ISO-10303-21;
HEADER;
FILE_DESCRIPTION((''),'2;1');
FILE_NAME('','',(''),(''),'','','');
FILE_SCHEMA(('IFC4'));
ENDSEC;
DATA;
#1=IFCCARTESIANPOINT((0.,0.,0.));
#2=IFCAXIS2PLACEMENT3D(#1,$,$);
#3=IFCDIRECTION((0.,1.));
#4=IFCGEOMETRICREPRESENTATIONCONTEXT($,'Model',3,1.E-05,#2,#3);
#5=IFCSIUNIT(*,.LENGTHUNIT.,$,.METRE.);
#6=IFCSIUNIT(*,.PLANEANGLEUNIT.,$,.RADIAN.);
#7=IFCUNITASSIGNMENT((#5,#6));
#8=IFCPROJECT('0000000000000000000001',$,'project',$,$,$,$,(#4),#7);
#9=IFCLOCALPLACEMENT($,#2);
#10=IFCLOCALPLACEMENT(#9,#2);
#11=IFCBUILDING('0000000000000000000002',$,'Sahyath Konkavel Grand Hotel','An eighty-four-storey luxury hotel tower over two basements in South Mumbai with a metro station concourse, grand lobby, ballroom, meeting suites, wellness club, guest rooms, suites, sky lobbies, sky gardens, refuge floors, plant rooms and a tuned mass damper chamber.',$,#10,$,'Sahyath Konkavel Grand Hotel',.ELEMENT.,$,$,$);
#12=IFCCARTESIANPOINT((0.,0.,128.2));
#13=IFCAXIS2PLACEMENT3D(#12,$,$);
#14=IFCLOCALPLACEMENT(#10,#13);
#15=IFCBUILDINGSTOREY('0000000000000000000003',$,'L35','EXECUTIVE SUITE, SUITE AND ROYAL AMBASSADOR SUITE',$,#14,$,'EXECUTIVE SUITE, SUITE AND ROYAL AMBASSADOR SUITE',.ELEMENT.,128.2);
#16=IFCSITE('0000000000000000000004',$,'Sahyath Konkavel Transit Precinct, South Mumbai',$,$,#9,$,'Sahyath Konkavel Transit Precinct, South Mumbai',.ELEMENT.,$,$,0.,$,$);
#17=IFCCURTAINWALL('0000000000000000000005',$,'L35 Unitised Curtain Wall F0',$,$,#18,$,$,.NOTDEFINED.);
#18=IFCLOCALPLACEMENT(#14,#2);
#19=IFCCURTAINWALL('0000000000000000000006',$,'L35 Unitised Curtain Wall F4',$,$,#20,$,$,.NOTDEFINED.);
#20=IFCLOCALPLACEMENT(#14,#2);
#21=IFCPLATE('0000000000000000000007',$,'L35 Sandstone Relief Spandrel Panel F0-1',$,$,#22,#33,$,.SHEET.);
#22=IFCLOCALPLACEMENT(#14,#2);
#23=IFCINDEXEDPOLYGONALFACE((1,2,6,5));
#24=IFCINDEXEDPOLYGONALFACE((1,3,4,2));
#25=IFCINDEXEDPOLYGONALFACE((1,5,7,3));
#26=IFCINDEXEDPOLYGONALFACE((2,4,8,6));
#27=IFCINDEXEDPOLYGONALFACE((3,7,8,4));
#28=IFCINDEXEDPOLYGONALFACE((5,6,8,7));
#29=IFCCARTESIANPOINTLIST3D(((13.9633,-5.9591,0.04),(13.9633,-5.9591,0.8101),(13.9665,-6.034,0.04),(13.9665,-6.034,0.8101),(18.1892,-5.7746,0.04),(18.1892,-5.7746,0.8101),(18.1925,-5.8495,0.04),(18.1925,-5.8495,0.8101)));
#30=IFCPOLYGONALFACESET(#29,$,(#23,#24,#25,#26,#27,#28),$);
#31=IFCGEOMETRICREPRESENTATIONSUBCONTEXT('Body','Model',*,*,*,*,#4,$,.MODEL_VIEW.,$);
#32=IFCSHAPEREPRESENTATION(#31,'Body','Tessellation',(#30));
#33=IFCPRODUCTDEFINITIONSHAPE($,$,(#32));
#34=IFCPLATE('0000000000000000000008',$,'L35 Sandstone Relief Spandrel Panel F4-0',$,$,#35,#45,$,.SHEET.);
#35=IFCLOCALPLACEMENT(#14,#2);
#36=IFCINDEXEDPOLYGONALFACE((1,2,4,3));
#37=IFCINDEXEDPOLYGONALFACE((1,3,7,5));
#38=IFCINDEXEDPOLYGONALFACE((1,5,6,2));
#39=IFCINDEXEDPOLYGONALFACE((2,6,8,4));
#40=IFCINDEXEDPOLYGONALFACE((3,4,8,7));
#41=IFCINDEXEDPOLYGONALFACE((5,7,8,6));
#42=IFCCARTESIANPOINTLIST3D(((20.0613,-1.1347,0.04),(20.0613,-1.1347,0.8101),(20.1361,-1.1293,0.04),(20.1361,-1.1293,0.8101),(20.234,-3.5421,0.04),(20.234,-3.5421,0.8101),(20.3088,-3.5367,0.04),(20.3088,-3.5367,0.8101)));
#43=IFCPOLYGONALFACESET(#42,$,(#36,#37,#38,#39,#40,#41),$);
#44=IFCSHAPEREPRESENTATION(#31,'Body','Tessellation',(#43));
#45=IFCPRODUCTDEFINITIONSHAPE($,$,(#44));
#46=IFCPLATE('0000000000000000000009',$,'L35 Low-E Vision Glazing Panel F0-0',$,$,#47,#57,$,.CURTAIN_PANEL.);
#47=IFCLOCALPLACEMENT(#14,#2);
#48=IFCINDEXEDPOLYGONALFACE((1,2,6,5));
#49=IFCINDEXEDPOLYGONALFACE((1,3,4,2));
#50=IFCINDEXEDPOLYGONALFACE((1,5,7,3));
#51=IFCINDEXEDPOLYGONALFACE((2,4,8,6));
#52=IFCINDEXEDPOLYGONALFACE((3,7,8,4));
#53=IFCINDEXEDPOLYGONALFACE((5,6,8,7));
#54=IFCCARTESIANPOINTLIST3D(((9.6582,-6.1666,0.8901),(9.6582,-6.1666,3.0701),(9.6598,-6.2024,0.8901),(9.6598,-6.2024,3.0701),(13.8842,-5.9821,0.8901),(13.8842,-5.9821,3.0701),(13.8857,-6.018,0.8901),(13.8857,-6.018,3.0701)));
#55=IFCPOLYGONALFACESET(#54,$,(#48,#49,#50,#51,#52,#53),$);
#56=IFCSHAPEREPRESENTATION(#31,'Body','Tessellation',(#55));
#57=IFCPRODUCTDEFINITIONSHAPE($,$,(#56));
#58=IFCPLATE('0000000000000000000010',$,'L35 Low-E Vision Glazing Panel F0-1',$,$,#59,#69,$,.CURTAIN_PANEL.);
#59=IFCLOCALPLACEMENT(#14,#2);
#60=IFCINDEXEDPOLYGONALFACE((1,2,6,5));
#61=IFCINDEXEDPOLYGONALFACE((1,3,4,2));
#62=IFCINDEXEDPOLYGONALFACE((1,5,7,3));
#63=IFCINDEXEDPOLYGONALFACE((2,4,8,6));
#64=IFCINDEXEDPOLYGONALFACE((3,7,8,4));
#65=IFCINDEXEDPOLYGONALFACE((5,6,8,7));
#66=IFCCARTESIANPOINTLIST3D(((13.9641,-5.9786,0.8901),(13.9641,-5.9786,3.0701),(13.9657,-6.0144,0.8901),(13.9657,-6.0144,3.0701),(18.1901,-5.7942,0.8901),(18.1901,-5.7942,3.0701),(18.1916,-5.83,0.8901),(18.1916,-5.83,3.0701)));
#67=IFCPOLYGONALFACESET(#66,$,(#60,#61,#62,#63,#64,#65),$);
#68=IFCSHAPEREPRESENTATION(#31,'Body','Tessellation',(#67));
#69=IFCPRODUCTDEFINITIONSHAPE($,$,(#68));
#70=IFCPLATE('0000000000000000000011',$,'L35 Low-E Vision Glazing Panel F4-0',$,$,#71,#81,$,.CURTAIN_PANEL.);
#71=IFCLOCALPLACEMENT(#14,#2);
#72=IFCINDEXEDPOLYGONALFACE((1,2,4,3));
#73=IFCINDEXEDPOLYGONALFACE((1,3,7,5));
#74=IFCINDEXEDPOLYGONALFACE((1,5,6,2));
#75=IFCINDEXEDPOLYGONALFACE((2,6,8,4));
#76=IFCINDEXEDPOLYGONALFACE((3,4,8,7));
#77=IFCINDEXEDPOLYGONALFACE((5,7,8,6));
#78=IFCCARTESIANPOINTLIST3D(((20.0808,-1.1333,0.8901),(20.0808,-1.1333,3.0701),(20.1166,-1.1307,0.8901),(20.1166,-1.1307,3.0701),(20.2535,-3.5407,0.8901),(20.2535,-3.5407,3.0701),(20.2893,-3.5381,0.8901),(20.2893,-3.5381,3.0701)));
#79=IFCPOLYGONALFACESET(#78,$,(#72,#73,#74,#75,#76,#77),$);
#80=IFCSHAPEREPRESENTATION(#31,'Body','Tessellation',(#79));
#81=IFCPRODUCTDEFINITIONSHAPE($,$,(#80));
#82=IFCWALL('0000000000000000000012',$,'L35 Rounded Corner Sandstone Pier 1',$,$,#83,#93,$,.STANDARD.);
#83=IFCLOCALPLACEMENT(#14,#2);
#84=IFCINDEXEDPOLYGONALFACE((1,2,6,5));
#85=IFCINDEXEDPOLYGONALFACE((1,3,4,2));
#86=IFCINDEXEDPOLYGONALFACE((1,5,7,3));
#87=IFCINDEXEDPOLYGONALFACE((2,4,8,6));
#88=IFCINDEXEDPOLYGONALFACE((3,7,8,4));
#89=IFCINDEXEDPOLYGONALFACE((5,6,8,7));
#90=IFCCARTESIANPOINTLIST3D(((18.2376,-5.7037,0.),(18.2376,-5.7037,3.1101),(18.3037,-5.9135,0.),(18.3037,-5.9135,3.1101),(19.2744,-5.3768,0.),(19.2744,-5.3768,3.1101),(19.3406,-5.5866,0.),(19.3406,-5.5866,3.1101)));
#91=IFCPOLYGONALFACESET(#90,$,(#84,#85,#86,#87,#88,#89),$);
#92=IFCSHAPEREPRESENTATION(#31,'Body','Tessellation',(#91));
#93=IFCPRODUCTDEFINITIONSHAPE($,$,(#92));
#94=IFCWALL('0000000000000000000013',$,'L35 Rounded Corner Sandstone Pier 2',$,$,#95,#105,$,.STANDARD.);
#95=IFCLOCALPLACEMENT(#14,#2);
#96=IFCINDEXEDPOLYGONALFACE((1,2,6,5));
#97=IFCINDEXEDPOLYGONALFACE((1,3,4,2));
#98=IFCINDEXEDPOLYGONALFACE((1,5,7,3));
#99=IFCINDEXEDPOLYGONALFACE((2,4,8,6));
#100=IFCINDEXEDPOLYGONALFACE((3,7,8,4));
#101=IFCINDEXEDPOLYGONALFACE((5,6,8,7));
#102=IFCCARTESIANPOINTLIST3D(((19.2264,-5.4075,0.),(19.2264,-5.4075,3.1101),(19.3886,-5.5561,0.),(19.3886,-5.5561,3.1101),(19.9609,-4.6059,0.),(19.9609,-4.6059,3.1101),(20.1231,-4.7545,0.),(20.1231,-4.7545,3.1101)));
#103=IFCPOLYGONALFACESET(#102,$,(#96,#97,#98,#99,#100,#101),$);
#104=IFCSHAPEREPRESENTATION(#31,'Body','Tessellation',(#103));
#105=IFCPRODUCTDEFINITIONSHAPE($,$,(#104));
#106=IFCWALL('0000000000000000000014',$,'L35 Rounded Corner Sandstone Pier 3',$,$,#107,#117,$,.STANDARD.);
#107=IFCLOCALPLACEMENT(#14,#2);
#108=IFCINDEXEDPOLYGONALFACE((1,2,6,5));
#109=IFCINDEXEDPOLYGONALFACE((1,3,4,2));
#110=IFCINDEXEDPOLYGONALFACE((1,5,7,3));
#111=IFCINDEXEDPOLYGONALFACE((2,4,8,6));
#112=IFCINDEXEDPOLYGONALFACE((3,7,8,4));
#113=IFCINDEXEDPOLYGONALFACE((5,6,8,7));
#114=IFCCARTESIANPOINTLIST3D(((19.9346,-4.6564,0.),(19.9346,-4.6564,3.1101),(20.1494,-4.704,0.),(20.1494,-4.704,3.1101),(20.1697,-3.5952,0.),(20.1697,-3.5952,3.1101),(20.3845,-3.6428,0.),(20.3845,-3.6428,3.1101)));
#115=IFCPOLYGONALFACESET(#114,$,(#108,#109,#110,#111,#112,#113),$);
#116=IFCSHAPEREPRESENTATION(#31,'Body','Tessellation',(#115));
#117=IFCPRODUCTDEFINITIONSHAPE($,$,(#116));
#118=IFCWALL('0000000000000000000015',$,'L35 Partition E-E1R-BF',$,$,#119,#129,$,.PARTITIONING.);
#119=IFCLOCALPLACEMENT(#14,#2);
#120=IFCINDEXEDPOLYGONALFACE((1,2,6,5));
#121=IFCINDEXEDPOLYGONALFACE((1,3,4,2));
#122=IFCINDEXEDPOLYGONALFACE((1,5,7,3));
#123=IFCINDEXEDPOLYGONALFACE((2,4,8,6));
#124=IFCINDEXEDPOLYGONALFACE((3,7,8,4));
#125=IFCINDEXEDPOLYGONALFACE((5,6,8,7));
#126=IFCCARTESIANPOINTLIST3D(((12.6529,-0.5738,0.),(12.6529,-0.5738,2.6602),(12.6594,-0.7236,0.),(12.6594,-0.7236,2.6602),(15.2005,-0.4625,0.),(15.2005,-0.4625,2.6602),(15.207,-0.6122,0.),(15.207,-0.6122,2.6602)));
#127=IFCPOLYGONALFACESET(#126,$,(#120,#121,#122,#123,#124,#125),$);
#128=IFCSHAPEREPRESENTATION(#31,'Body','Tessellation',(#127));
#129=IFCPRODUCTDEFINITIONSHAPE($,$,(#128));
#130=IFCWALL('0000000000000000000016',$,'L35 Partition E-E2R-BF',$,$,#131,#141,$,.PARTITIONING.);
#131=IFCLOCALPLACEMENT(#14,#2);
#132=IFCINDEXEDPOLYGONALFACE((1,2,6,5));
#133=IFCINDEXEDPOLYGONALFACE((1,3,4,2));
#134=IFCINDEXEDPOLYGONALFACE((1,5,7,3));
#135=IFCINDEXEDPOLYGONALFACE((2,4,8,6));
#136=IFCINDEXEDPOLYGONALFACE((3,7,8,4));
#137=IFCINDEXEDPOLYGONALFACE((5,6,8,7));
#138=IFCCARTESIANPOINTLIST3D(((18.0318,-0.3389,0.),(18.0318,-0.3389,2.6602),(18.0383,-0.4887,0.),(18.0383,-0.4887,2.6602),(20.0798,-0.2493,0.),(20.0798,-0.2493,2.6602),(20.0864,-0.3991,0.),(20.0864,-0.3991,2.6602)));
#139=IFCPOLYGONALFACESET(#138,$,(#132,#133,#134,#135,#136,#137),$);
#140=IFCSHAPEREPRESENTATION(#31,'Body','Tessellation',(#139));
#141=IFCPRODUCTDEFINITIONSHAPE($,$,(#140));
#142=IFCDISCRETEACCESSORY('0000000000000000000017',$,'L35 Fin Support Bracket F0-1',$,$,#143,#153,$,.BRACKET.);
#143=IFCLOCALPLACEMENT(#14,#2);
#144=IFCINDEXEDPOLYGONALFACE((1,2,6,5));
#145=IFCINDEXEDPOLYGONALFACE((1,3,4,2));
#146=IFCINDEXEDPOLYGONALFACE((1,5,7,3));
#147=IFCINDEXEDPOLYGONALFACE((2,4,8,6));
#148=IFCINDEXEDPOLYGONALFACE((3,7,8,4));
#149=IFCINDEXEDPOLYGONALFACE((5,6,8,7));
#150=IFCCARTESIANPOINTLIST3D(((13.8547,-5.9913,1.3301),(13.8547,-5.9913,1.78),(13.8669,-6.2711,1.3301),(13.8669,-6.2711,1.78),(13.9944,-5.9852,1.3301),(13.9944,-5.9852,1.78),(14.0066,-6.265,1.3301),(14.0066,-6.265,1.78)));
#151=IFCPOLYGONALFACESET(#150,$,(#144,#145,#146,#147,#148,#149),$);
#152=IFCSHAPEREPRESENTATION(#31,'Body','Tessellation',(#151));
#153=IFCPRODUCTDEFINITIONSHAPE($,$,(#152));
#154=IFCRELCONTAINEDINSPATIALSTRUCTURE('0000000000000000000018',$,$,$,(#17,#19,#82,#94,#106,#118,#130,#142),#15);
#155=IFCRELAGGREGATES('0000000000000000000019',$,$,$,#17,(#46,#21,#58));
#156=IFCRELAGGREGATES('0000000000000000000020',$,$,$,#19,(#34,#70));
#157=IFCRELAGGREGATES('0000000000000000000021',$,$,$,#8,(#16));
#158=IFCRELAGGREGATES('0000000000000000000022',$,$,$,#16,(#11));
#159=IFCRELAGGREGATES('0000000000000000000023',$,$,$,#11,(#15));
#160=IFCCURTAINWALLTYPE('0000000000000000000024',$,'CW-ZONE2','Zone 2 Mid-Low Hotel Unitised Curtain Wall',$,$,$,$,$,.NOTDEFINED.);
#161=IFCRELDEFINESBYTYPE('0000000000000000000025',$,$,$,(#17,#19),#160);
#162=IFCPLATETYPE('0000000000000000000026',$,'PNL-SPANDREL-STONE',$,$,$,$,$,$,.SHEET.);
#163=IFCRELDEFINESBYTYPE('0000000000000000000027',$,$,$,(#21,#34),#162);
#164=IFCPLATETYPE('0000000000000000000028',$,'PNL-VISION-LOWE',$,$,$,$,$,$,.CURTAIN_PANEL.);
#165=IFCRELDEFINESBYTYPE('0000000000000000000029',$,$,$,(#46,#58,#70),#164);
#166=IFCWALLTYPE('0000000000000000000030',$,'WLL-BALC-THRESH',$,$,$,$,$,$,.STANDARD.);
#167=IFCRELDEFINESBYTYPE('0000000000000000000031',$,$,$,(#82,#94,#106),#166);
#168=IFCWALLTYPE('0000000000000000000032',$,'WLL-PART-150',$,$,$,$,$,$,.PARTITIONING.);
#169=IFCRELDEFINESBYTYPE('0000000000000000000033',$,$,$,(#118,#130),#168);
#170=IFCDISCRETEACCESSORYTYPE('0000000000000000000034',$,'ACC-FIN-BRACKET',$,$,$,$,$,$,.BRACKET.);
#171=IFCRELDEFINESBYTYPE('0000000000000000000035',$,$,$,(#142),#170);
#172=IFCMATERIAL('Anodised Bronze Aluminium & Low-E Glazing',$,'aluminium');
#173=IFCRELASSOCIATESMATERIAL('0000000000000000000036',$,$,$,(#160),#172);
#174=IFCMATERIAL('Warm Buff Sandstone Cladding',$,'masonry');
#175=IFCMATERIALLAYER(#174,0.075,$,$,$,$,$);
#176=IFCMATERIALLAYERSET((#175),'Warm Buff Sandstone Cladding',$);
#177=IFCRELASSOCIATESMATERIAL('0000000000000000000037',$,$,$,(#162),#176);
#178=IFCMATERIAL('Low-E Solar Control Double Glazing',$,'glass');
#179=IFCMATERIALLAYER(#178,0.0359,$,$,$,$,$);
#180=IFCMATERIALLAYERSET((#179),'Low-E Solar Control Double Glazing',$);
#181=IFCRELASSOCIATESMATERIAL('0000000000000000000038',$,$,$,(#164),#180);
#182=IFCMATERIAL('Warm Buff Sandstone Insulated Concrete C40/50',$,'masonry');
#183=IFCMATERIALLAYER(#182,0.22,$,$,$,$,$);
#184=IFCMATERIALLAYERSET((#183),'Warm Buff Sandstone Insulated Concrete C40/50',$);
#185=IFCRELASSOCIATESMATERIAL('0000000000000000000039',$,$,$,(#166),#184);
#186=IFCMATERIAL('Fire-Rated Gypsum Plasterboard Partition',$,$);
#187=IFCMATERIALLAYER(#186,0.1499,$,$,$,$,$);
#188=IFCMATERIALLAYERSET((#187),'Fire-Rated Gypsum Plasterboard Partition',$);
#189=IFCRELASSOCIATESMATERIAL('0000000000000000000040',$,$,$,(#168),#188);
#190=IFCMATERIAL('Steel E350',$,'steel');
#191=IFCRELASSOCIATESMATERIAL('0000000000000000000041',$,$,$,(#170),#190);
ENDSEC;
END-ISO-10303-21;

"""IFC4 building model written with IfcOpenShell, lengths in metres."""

from ifc_helpers import new_model, si_unit, direction, frame, frame_2d, origin, origin_2d, place, context, subcontext, project, spatial, rectangle, extrude, source, transform, mapped, material, layer, layer_set, type_object, element, aggregate, save


model = new_model("IFC4")

# Units and contexts
model_context = context("Model", 3, precision=1e-05, world=origin(), true_north=direction((0.0, 1.0)))
body_context = subcontext(model_context, "Body", "Model", "MODEL_VIEW")
ifc_project = project(units=[si_unit("LENGTHUNIT", "METRE"), si_unit("PLANEANGLEUNIT", "RADIAN")], contexts=[model_context])

# Site, building, storey
site_placement = place(None, origin())
site = spatial("IfcSite", under=ifc_project, at=site_placement, Name="Sahyath Konkavel Transit Precinct, South Mumbai", LongName="Sahyath Konkavel Transit Precinct, South Mumbai", CompositionType="ELEMENT", RefElevation=0.0)
building_placement = place(site_placement, origin())
building = spatial("IfcBuilding", under=site, at=building_placement, Name="Sahyath Konkavel Grand Hotel", Description="An eighty-four-storey luxury hotel tower over two basements in South Mumbai with a metro station concourse, grand lobby, ballroom, meeting suites, wellness club, guest rooms, suites, sky lobbies, sky gardens, refuge floors, plant rooms and a tuned mass damper chamber.", LongName="Sahyath Konkavel Grand Hotel", CompositionType="ELEMENT")
storey_placement = place(building_placement, frame((0.0, 0.0, 128.2)))
storey = spatial("IfcBuildingStorey", under=building, at=storey_placement, Name="L35", Description="EXECUTIVE SUITE, SUITE AND ROYAL AMBASSADOR SUITE", LongName="EXECUTIVE SUITE, SUITE AND ROYAL AMBASSADOR SUITE", CompositionType="ELEMENT", Elevation=128.2)

# Shared definitions
ifc_material_1 = material(Name="Steel E350", Category="steel")

# Curtain walls
ifc_material_2 = material(Name="Anodised Bronze Aluminium & Low-E Glazing", Category="aluminium")
curtain_wall_type = type_object("IfcCurtainWallType", Name="CW-ZONE2", Description="Zone 2 Mid-Low Hotel Unitised Curtain Wall", PredefinedType="NOTDEFINED", material=ifc_material_2)
curtain_wall_1_placement = place(storey_placement, origin())
curtain_wall_1 = element("IfcCurtainWall", 1, at=curtain_wall_1_placement, inside=storey, type_object=curtain_wall_type, Name="L35 Unitised Curtain Wall F0", PredefinedType="NOTDEFINED")
curtain_wall_2_placement = place(storey_placement, origin())
curtain_wall_2 = element("IfcCurtainWall", 2, at=curtain_wall_2_placement, inside=storey, type_object=curtain_wall_type, Name="L35 Unitised Curtain Wall F4", PredefinedType="NOTDEFINED")

# Plates
ifc_material_3 = material(Name="Warm Buff Sandstone Cladding", Category="masonry")
ifc_layer_1 = layer(ifc_material_3, 0.075)
ifc_layer_set_1 = layer_set([ifc_layer_1], Name="Warm Buff Sandstone Cladding")
plate_type_1 = type_object("IfcPlateType", Name="PNL-SPANDREL-STONE", PredefinedType="SHEET", material=ifc_layer_set_1)
shared_shape_1 = source(origin(), body_context, "Body", "SweptSolid", [
    extrude(rectangle(XDim=4.23, YDim=0.075, at=origin_2d()), origin(), (0.0, 0.0, 1.0), 0.77),
])
plate_1_placement = place(storey_placement, frame((16.0779, -5.9043, 0.04), z_axis=(0.0, 0.0, 1.0), x_axis=(0.999049, 0.043602, 0.0)))
plate_1 = element("IfcPlate", 3, at=plate_1_placement, type_object=plate_type_1, Name="L35 Sandstone Relief Spandrel Panel F0-1", PredefinedType="SHEET", context=body_context, shape_type="MappedRepresentation", body=[
    mapped(shared_shape_1, transform((0.0, 0.0, 0.0), scale=1.0)),
])
shared_shape_2 = source(origin(), body_context, "Body", "SweptSolid", [
    extrude(rectangle(XDim=2.4136, YDim=0.075, at=origin_2d()), origin(), (0.0, 0.0, 1.0), 0.77),
])
plate_2_placement = place(storey_placement, frame((20.1851, -2.3357, 0.04), z_axis=(0.0, 0.0, 1.0), x_axis=(-0.071567, 0.997436, 0.0)))
plate_2 = element("IfcPlate", 4, at=plate_2_placement, type_object=plate_type_1, Name="L35 Sandstone Relief Spandrel Panel F4-0", PredefinedType="SHEET", context=body_context, shape_type="MappedRepresentation", body=[
    mapped(shared_shape_2, transform((0.0, 0.0, 0.0), scale=1.0)),
])
ifc_material_4 = material(Name="Low-E Solar Control Double Glazing", Category="glass")
ifc_layer_2 = layer(ifc_material_4, 0.0359)
ifc_layer_set_2 = layer_set([ifc_layer_2], Name="Low-E Solar Control Double Glazing")
plate_type_2 = type_object("IfcPlateType", Name="PNL-VISION-LOWE", PredefinedType="CURTAIN_PANEL", material=ifc_layer_set_2)
shared_shape_3 = source(origin(), body_context, "Body", "SweptSolid", [
    extrude(rectangle(XDim=4.23, YDim=0.0359, at=origin_2d()), origin(), (0.0, 0.0, 1.0), 2.1799),
])
plate_3_placement = place(storey_placement, frame((11.772, -6.0923, 0.8901), z_axis=(0.0, 0.0, 1.0), x_axis=(0.999049, 0.043602, 0.0)))
plate_3 = element("IfcPlate", 5, at=plate_3_placement, type_object=plate_type_2, Name="L35 Low-E Vision Glazing Panel F0-0", PredefinedType="CURTAIN_PANEL", context=body_context, shape_type="MappedRepresentation", body=[
    mapped(shared_shape_3, transform((0.0, 0.0, 0.0), scale=1.0)),
])
plate_4_placement = place(storey_placement, frame((16.0779, -5.9043, 0.8901), z_axis=(0.0, 0.0, 1.0), x_axis=(0.999049, 0.043602, 0.0)))
plate_4 = element("IfcPlate", 6, at=plate_4_placement, type_object=plate_type_2, Name="L35 Low-E Vision Glazing Panel F0-1", PredefinedType="CURTAIN_PANEL", context=body_context, shape_type="MappedRepresentation", body=[
    mapped(shared_shape_3, transform((0.0, 0.0, 0.0), scale=1.0)),
])
aggregate(curtain_wall_1, [plate_3, plate_1, plate_4])
shared_shape_4 = source(origin(), body_context, "Body", "SweptSolid", [
    extrude(rectangle(XDim=2.4136, YDim=0.0359, at=origin_2d()), origin(), (0.0, 0.0, 1.0), 2.1799),
])
plate_5_placement = place(storey_placement, frame((20.1851, -2.3357, 0.8901), z_axis=(0.0, 0.0, 1.0), x_axis=(-0.071567, 0.997436, 0.0)))
plate_5 = element("IfcPlate", 7, at=plate_5_placement, type_object=plate_type_2, Name="L35 Low-E Vision Glazing Panel F4-0", PredefinedType="CURTAIN_PANEL", context=body_context, shape_type="MappedRepresentation", body=[
    mapped(shared_shape_4, transform((0.0, 0.0, 0.0), scale=1.0)),
])
aggregate(curtain_wall_2, [plate_2, plate_5])

# Walls
ifc_material_5 = material(Name="Warm Buff Sandstone Insulated Concrete C40/50", Category="masonry")
ifc_layer_3 = layer(ifc_material_5, 0.22)
ifc_layer_set_3 = layer_set([ifc_layer_3], Name="Warm Buff Sandstone Insulated Concrete C40/50")
wall_type_1 = type_object("IfcWallType", Name="WLL-BALC-THRESH", PredefinedType="STANDARD", material=ifc_layer_set_3)
for number, where, z_axis, x_axis, name in (
    (8, (18.2708, -5.8086, 0.0), (0.0, 0.0, 1.0), (0.953722, 0.300691, 0.0), "L35 Rounded Corner Sandstone Pier 1"),
    (9, (19.3076, -5.4817, 0.0), (0.0, 0.0, 1.0), (0.675552, 0.737313, 0.0), "L35 Rounded Corner Sandstone Pier 2"),
):
    element("IfcWall", number, at=place(storey_placement, frame(where, z_axis=z_axis, x_axis=x_axis)), inside=storey, type_object=wall_type_1, Name=name, PredefinedType="STANDARD", context=body_context, shape_type="SweptSolid", body=[
        extrude(rectangle(XDim=1.0872, YDim=0.22, at=frame_2d((0.5435, 0.0))), origin(), (0.0, 0.0, 1.0), 3.1101),
    ])
wall_1_placement = place(storey_placement, frame((20.042, -4.6802, 0.0), z_axis=(0.0, 0.0, 1.0), x_axis=(0.216288, 0.97633, 0.0)))
element("IfcWall", 10, at=wall_1_placement, inside=storey, type_object=wall_type_1, Name="L35 Rounded Corner Sandstone Pier 3", PredefinedType="STANDARD", context=body_context, shape_type="SweptSolid", body=[
    extrude(rectangle(XDim=1.0869, YDim=0.22, at=frame_2d((0.5435, 0.0))), origin(), (0.0, 0.0, 1.0), 3.1101),
])
ifc_material_6 = material(Name="Fire-Rated Gypsum Plasterboard Partition")
ifc_layer_4 = layer(ifc_material_6, 0.1499)
ifc_layer_set_4 = layer_set([ifc_layer_4], Name="Fire-Rated Gypsum Plasterboard Partition")
wall_type_2 = type_object("IfcWallType", Name="WLL-PART-150", PredefinedType="PARTITIONING", material=ifc_layer_set_4)
wall_2_placement = place(storey_placement, frame((12.6562, -0.6487, 0.0), z_axis=(0.0, 0.0, 1.0), x_axis=(0.999047, 0.043657, 0.0)))
element("IfcWall", 11, at=wall_2_placement, inside=storey, type_object=wall_type_2, Name="L35 Partition E-E1R-BF", PredefinedType="PARTITIONING", context=body_context, shape_type="SweptSolid", body=[
    extrude(rectangle(XDim=2.55, YDim=0.1499, at=frame_2d((1.2749, 0.0))), origin(), (0.0, 0.0, 1.0), 2.6602),
])
wall_3_placement = place(storey_placement, frame((18.0352, -0.4138, 0.0), z_axis=(0.0, 0.0, 1.0), x_axis=(0.999044, 0.043706, 0.0)))
element("IfcWall", 12, at=wall_3_placement, inside=storey, type_object=wall_type_2, Name="L35 Partition E-E2R-BF", PredefinedType="PARTITIONING", context=body_context, shape_type="SweptSolid", body=[
    extrude(rectangle(XDim=2.05, YDim=0.1499, at=frame_2d((1.0249, 0.0))), origin(), (0.0, 0.0, 1.0), 2.6602),
])

# Discrete accessory
discrete_accessory_type = type_object("IfcDiscreteAccessoryType", Name="ACC-FIN-BRACKET", PredefinedType="BRACKET", material=ifc_material_1)
shared_shape_5 = source(origin(), body_context, "Body", "SweptSolid", [
    extrude(rectangle(XDim=0.28, YDim=0.1399, at=origin_2d()), origin(), (0.0, 0.0, 1.0), 0.45),
])
discrete_accessory_placement = place(storey_placement, frame((13.9307, -6.1282, 1.3301), z_axis=(0.0, 0.0, 1.0), x_axis=(0.043602, -0.999049, 0.0)))
element("IfcDiscreteAccessory", 13, at=discrete_accessory_placement, inside=storey, type_object=discrete_accessory_type, Name="L35 Fin Support Bracket F0-1", PredefinedType="BRACKET", context=body_context, shape_type="MappedRepresentation", body=[
    mapped(shared_shape_5, transform((0.0, 0.0, 0.0), scale=1.0)),
])

save(model, "model.ifc")
